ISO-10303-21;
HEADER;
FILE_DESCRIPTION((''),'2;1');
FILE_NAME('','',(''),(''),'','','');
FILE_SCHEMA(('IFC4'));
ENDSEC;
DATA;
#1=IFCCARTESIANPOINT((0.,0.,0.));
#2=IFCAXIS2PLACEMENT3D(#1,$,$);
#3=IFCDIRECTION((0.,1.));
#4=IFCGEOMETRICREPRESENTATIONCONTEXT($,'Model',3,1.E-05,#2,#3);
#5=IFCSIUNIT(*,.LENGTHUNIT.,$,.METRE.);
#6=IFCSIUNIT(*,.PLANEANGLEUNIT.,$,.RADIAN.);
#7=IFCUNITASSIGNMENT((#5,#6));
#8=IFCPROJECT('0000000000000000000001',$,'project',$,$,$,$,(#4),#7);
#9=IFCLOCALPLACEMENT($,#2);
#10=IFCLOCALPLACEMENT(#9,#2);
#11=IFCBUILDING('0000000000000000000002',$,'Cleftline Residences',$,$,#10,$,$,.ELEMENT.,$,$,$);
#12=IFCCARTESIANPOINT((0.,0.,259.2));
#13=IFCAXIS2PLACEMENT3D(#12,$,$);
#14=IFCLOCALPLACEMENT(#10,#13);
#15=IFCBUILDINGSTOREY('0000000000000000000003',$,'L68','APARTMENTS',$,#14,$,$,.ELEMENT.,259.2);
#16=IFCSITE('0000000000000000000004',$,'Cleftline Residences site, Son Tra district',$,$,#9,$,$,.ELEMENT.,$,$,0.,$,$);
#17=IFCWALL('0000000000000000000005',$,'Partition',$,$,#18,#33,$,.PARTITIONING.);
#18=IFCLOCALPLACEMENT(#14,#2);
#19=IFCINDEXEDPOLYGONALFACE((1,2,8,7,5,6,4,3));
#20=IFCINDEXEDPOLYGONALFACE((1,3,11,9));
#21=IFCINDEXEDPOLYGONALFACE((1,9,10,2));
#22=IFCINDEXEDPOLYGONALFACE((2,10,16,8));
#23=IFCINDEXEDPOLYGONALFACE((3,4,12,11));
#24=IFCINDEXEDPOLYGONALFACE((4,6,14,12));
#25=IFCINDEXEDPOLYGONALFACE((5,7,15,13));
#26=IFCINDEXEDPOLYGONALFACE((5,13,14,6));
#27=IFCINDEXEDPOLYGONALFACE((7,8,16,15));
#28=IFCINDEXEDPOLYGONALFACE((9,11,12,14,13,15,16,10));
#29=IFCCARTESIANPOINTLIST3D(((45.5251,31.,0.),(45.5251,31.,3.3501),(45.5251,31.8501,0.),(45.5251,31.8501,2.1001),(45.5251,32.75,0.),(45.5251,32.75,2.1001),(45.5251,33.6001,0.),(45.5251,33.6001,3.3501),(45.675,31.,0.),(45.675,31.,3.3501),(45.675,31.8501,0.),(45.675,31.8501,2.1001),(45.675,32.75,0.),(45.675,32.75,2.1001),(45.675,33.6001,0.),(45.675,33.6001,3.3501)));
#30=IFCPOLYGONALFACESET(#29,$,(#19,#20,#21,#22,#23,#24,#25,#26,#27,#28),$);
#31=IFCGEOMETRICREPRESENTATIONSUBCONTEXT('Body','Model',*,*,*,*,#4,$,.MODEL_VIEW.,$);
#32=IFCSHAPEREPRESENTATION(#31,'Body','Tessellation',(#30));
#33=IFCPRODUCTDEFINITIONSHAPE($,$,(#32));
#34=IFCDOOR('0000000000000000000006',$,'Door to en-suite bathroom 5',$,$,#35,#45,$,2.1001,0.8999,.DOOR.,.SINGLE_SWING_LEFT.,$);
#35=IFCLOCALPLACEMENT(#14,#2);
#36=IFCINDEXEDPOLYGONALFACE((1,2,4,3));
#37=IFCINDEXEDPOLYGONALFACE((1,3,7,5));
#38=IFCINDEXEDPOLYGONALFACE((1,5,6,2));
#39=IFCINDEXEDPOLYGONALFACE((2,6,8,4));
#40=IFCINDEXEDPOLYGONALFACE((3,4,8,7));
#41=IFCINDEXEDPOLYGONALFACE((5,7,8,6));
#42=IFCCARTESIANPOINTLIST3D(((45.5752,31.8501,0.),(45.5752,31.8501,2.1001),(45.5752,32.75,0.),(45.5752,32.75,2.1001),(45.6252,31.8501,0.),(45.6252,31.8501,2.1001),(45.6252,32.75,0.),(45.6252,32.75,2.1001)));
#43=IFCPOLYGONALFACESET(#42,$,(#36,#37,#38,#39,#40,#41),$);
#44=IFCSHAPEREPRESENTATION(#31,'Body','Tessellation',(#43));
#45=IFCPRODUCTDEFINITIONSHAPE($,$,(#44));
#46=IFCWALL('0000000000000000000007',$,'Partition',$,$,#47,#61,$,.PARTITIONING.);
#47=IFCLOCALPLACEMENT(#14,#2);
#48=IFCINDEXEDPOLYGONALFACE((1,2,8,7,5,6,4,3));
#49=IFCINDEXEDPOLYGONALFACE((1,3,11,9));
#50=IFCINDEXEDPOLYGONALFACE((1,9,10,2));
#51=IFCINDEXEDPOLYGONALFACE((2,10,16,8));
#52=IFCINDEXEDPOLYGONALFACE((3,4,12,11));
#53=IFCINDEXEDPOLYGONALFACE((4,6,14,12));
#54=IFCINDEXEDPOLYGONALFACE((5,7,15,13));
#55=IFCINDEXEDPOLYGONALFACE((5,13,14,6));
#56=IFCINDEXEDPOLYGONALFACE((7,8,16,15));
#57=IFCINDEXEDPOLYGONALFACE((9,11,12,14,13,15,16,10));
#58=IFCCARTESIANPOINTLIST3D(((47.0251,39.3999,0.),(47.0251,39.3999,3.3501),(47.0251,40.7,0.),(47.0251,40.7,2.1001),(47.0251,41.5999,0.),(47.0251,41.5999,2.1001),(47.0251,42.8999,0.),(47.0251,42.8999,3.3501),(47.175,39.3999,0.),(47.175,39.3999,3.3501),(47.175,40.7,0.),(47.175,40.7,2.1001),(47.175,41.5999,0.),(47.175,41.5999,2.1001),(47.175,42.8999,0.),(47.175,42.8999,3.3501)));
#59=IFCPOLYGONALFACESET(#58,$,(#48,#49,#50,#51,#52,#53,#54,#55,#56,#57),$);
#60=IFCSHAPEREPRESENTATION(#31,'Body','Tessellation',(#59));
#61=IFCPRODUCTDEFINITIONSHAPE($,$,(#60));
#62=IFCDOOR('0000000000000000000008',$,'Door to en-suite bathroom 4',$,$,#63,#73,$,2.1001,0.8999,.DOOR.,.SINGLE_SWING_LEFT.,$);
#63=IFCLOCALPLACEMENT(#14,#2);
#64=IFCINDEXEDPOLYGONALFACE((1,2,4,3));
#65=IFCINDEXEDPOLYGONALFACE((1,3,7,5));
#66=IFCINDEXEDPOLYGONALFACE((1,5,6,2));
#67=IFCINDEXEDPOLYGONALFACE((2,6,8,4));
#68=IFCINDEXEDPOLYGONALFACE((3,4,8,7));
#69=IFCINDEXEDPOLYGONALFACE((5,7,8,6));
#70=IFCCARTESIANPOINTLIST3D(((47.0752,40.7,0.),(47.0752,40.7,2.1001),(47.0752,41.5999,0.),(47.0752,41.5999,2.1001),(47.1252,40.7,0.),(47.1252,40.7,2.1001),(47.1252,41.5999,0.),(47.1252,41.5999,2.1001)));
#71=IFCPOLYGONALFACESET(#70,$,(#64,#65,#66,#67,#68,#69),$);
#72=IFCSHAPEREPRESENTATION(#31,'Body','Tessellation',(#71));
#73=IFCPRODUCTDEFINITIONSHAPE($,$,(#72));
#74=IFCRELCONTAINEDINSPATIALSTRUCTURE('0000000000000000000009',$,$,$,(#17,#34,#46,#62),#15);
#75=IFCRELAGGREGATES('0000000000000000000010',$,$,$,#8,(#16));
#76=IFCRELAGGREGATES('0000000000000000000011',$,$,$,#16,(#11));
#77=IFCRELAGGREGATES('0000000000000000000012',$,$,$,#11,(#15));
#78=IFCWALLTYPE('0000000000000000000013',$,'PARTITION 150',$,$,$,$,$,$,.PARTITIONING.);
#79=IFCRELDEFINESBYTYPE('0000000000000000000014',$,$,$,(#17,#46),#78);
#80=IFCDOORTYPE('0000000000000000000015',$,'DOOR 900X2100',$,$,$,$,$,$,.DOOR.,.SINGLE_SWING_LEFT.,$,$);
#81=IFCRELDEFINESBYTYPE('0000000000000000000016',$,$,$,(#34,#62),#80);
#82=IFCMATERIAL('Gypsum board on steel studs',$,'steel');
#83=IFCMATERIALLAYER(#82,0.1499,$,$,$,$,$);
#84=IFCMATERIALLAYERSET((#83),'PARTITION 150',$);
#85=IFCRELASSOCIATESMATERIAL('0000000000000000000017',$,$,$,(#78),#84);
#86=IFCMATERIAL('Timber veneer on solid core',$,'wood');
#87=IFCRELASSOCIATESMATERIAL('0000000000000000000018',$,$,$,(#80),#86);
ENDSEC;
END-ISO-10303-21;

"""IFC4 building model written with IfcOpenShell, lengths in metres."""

from ifc_helpers import new_model, si_unit, direction, frame, frame_2d, origin, place, context, subcontext, project, spatial, rectangle, extrude, material, layer, layer_set, type_object, element, fill, save


model = new_model("IFC4")

# Units and contexts
model_context = context("Model", 3, precision=1e-05, world=origin(), true_north=direction((0.0, 1.0)))
body_context = subcontext(model_context, "Body", "Model", "MODEL_VIEW")
ifc_project = project(units=[si_unit("LENGTHUNIT", "METRE"), si_unit("PLANEANGLEUNIT", "RADIAN")], contexts=[model_context])

# Site, building, storey
site_placement = place(None, origin())
site = spatial("IfcSite", under=ifc_project, at=site_placement, Name="Cleftline Residences site, Son Tra district", CompositionType="ELEMENT", RefElevation=0.0)
building_placement = place(site_placement, origin())
building = spatial("IfcBuilding", under=site, at=building_placement, Name="Cleftline Residences", CompositionType="ELEMENT")
storey_placement = place(building_placement, frame((0.0, 0.0, 259.2)))
storey = spatial("IfcBuildingStorey", under=building, at=storey_placement, Name="L68", Description="APARTMENTS", CompositionType="ELEMENT", Elevation=259.2)

# Shared definitions
ifc_material_1 = material(Name="Gypsum board on steel studs", Category="steel")
ifc_layer_1 = layer(ifc_material_1, 0.1499)
ifc_layer_set_1 = layer_set([ifc_layer_1], Name="PARTITION 150")
wall_type = type_object("IfcWallType", Name="PARTITION 150", PredefinedType="PARTITIONING", material=ifc_layer_set_1)

# Walls, openings, doors
wall_1_placement = place(storey_placement, frame((45.6001, 31.0, 0.0), z_axis=(0.0, 0.0, 1.0), x_axis=(0.0, 1.0, 0.0)))
wall_1 = element("IfcWall", 1, at=wall_1_placement, inside=storey, type_object=wall_type, Name="Partition", PredefinedType="PARTITIONING", context=body_context, shape_type="SweptSolid", body=[
    extrude(rectangle(XDim=2.6001, YDim=0.1499, at=frame_2d((1.3, 0.0))), origin(), (0.0, 0.0, 1.0), 3.3501),
])
opening_1_placement = place(wall_1_placement, frame((0.8501, 0.0, 0.0)))
opening_1 = element("IfcOpeningElement", 2, at=opening_1_placement, cuts=wall_1, PredefinedType="OPENING", context=body_context, shape_type="SweptSolid", body=[
    extrude(rectangle(XDim=0.8999, YDim=2.1001, at=frame_2d((0.45, 1.05))), frame((0.0, 0.085, 0.0), z_axis=(0.0, -1.0, 0.0), x_axis=(1.0, 0.0, 0.0)), (0.0, 0.0, 1.0), 0.1699),
])
ifc_material_2 = material(Name="Timber veneer on solid core", Category="wood")
door_type_1 = type_object("IfcDoorType", Name="DOOR 900X2100", OperationType="SINGLE_SWING_LEFT", PredefinedType="DOOR", material=ifc_material_2)
door_1_placement = place(opening_1_placement, origin())
door_1 = element("IfcDoor", 3, at=door_1_placement, inside=storey, type_object=door_type_1, Name="Door to en-suite bathroom 5", OperationType="SINGLE_SWING_LEFT", OverallHeight=2.1001, OverallWidth=0.8999, PredefinedType="DOOR", context=body_context, shape_type="SweptSolid", body=[
    extrude(rectangle(XDim=0.8999, YDim=2.1001, at=frame_2d((0.45, 1.05))), frame((0.0, 0.0249, 0.0), z_axis=(0.0, -1.0, 0.0), x_axis=(1.0, 0.0, 0.0)), (0.0, 0.0, 1.0), 0.05),
])
fill(opening_1, door_1)
wall_2_placement = place(storey_placement, frame((47.1001, 39.3999, 0.0), z_axis=(0.0, 0.0, 1.0), x_axis=(0.0, 1.0, 0.0)))
wall_2 = element("IfcWall", 4, at=wall_2_placement, inside=storey, type_object=wall_type, Name="Partition", PredefinedType="PARTITIONING", context=body_context, shape_type="SweptSolid", body=[
    extrude(rectangle(XDim=3.5, YDim=0.1499, at=frame_2d((1.75, 0.0))), origin(), (0.0, 0.0, 1.0), 3.3501),
])
opening_2_placement = place(wall_2_placement, frame((1.3, 0.0, 0.0)))
opening_2 = element("IfcOpeningElement", 5, at=opening_2_placement, cuts=wall_2, PredefinedType="OPENING", context=body_context, shape_type="SweptSolid", body=[
    extrude(rectangle(XDim=0.8999, YDim=2.1001, at=frame_2d((0.45, 1.05))), frame((0.0, 0.085, 0.0), z_axis=(0.0, -1.0, 0.0), x_axis=(1.0, 0.0, 0.0)), (0.0, 0.0, 1.0), 0.1699),
])
door_2_placement = place(opening_2_placement, origin())
door_2 = element("IfcDoor", 6, at=door_2_placement, inside=storey, type_object=door_type_1, Name="Door to en-suite bathroom 4", OperationType="SINGLE_SWING_LEFT", OverallHeight=2.1001, OverallWidth=0.8999, PredefinedType="DOOR", context=body_context, shape_type="SweptSolid", body=[
    extrude(rectangle(XDim=0.8999, YDim=2.1001, at=frame_2d((0.45, 1.05))), frame((0.0, 0.0249, 0.0), z_axis=(0.0, -1.0, 0.0), x_axis=(1.0, 0.0, 0.0)), (0.0, 0.0, 1.0), 0.05),
])
fill(opening_2, door_2)

save(model, "model.ifc")
